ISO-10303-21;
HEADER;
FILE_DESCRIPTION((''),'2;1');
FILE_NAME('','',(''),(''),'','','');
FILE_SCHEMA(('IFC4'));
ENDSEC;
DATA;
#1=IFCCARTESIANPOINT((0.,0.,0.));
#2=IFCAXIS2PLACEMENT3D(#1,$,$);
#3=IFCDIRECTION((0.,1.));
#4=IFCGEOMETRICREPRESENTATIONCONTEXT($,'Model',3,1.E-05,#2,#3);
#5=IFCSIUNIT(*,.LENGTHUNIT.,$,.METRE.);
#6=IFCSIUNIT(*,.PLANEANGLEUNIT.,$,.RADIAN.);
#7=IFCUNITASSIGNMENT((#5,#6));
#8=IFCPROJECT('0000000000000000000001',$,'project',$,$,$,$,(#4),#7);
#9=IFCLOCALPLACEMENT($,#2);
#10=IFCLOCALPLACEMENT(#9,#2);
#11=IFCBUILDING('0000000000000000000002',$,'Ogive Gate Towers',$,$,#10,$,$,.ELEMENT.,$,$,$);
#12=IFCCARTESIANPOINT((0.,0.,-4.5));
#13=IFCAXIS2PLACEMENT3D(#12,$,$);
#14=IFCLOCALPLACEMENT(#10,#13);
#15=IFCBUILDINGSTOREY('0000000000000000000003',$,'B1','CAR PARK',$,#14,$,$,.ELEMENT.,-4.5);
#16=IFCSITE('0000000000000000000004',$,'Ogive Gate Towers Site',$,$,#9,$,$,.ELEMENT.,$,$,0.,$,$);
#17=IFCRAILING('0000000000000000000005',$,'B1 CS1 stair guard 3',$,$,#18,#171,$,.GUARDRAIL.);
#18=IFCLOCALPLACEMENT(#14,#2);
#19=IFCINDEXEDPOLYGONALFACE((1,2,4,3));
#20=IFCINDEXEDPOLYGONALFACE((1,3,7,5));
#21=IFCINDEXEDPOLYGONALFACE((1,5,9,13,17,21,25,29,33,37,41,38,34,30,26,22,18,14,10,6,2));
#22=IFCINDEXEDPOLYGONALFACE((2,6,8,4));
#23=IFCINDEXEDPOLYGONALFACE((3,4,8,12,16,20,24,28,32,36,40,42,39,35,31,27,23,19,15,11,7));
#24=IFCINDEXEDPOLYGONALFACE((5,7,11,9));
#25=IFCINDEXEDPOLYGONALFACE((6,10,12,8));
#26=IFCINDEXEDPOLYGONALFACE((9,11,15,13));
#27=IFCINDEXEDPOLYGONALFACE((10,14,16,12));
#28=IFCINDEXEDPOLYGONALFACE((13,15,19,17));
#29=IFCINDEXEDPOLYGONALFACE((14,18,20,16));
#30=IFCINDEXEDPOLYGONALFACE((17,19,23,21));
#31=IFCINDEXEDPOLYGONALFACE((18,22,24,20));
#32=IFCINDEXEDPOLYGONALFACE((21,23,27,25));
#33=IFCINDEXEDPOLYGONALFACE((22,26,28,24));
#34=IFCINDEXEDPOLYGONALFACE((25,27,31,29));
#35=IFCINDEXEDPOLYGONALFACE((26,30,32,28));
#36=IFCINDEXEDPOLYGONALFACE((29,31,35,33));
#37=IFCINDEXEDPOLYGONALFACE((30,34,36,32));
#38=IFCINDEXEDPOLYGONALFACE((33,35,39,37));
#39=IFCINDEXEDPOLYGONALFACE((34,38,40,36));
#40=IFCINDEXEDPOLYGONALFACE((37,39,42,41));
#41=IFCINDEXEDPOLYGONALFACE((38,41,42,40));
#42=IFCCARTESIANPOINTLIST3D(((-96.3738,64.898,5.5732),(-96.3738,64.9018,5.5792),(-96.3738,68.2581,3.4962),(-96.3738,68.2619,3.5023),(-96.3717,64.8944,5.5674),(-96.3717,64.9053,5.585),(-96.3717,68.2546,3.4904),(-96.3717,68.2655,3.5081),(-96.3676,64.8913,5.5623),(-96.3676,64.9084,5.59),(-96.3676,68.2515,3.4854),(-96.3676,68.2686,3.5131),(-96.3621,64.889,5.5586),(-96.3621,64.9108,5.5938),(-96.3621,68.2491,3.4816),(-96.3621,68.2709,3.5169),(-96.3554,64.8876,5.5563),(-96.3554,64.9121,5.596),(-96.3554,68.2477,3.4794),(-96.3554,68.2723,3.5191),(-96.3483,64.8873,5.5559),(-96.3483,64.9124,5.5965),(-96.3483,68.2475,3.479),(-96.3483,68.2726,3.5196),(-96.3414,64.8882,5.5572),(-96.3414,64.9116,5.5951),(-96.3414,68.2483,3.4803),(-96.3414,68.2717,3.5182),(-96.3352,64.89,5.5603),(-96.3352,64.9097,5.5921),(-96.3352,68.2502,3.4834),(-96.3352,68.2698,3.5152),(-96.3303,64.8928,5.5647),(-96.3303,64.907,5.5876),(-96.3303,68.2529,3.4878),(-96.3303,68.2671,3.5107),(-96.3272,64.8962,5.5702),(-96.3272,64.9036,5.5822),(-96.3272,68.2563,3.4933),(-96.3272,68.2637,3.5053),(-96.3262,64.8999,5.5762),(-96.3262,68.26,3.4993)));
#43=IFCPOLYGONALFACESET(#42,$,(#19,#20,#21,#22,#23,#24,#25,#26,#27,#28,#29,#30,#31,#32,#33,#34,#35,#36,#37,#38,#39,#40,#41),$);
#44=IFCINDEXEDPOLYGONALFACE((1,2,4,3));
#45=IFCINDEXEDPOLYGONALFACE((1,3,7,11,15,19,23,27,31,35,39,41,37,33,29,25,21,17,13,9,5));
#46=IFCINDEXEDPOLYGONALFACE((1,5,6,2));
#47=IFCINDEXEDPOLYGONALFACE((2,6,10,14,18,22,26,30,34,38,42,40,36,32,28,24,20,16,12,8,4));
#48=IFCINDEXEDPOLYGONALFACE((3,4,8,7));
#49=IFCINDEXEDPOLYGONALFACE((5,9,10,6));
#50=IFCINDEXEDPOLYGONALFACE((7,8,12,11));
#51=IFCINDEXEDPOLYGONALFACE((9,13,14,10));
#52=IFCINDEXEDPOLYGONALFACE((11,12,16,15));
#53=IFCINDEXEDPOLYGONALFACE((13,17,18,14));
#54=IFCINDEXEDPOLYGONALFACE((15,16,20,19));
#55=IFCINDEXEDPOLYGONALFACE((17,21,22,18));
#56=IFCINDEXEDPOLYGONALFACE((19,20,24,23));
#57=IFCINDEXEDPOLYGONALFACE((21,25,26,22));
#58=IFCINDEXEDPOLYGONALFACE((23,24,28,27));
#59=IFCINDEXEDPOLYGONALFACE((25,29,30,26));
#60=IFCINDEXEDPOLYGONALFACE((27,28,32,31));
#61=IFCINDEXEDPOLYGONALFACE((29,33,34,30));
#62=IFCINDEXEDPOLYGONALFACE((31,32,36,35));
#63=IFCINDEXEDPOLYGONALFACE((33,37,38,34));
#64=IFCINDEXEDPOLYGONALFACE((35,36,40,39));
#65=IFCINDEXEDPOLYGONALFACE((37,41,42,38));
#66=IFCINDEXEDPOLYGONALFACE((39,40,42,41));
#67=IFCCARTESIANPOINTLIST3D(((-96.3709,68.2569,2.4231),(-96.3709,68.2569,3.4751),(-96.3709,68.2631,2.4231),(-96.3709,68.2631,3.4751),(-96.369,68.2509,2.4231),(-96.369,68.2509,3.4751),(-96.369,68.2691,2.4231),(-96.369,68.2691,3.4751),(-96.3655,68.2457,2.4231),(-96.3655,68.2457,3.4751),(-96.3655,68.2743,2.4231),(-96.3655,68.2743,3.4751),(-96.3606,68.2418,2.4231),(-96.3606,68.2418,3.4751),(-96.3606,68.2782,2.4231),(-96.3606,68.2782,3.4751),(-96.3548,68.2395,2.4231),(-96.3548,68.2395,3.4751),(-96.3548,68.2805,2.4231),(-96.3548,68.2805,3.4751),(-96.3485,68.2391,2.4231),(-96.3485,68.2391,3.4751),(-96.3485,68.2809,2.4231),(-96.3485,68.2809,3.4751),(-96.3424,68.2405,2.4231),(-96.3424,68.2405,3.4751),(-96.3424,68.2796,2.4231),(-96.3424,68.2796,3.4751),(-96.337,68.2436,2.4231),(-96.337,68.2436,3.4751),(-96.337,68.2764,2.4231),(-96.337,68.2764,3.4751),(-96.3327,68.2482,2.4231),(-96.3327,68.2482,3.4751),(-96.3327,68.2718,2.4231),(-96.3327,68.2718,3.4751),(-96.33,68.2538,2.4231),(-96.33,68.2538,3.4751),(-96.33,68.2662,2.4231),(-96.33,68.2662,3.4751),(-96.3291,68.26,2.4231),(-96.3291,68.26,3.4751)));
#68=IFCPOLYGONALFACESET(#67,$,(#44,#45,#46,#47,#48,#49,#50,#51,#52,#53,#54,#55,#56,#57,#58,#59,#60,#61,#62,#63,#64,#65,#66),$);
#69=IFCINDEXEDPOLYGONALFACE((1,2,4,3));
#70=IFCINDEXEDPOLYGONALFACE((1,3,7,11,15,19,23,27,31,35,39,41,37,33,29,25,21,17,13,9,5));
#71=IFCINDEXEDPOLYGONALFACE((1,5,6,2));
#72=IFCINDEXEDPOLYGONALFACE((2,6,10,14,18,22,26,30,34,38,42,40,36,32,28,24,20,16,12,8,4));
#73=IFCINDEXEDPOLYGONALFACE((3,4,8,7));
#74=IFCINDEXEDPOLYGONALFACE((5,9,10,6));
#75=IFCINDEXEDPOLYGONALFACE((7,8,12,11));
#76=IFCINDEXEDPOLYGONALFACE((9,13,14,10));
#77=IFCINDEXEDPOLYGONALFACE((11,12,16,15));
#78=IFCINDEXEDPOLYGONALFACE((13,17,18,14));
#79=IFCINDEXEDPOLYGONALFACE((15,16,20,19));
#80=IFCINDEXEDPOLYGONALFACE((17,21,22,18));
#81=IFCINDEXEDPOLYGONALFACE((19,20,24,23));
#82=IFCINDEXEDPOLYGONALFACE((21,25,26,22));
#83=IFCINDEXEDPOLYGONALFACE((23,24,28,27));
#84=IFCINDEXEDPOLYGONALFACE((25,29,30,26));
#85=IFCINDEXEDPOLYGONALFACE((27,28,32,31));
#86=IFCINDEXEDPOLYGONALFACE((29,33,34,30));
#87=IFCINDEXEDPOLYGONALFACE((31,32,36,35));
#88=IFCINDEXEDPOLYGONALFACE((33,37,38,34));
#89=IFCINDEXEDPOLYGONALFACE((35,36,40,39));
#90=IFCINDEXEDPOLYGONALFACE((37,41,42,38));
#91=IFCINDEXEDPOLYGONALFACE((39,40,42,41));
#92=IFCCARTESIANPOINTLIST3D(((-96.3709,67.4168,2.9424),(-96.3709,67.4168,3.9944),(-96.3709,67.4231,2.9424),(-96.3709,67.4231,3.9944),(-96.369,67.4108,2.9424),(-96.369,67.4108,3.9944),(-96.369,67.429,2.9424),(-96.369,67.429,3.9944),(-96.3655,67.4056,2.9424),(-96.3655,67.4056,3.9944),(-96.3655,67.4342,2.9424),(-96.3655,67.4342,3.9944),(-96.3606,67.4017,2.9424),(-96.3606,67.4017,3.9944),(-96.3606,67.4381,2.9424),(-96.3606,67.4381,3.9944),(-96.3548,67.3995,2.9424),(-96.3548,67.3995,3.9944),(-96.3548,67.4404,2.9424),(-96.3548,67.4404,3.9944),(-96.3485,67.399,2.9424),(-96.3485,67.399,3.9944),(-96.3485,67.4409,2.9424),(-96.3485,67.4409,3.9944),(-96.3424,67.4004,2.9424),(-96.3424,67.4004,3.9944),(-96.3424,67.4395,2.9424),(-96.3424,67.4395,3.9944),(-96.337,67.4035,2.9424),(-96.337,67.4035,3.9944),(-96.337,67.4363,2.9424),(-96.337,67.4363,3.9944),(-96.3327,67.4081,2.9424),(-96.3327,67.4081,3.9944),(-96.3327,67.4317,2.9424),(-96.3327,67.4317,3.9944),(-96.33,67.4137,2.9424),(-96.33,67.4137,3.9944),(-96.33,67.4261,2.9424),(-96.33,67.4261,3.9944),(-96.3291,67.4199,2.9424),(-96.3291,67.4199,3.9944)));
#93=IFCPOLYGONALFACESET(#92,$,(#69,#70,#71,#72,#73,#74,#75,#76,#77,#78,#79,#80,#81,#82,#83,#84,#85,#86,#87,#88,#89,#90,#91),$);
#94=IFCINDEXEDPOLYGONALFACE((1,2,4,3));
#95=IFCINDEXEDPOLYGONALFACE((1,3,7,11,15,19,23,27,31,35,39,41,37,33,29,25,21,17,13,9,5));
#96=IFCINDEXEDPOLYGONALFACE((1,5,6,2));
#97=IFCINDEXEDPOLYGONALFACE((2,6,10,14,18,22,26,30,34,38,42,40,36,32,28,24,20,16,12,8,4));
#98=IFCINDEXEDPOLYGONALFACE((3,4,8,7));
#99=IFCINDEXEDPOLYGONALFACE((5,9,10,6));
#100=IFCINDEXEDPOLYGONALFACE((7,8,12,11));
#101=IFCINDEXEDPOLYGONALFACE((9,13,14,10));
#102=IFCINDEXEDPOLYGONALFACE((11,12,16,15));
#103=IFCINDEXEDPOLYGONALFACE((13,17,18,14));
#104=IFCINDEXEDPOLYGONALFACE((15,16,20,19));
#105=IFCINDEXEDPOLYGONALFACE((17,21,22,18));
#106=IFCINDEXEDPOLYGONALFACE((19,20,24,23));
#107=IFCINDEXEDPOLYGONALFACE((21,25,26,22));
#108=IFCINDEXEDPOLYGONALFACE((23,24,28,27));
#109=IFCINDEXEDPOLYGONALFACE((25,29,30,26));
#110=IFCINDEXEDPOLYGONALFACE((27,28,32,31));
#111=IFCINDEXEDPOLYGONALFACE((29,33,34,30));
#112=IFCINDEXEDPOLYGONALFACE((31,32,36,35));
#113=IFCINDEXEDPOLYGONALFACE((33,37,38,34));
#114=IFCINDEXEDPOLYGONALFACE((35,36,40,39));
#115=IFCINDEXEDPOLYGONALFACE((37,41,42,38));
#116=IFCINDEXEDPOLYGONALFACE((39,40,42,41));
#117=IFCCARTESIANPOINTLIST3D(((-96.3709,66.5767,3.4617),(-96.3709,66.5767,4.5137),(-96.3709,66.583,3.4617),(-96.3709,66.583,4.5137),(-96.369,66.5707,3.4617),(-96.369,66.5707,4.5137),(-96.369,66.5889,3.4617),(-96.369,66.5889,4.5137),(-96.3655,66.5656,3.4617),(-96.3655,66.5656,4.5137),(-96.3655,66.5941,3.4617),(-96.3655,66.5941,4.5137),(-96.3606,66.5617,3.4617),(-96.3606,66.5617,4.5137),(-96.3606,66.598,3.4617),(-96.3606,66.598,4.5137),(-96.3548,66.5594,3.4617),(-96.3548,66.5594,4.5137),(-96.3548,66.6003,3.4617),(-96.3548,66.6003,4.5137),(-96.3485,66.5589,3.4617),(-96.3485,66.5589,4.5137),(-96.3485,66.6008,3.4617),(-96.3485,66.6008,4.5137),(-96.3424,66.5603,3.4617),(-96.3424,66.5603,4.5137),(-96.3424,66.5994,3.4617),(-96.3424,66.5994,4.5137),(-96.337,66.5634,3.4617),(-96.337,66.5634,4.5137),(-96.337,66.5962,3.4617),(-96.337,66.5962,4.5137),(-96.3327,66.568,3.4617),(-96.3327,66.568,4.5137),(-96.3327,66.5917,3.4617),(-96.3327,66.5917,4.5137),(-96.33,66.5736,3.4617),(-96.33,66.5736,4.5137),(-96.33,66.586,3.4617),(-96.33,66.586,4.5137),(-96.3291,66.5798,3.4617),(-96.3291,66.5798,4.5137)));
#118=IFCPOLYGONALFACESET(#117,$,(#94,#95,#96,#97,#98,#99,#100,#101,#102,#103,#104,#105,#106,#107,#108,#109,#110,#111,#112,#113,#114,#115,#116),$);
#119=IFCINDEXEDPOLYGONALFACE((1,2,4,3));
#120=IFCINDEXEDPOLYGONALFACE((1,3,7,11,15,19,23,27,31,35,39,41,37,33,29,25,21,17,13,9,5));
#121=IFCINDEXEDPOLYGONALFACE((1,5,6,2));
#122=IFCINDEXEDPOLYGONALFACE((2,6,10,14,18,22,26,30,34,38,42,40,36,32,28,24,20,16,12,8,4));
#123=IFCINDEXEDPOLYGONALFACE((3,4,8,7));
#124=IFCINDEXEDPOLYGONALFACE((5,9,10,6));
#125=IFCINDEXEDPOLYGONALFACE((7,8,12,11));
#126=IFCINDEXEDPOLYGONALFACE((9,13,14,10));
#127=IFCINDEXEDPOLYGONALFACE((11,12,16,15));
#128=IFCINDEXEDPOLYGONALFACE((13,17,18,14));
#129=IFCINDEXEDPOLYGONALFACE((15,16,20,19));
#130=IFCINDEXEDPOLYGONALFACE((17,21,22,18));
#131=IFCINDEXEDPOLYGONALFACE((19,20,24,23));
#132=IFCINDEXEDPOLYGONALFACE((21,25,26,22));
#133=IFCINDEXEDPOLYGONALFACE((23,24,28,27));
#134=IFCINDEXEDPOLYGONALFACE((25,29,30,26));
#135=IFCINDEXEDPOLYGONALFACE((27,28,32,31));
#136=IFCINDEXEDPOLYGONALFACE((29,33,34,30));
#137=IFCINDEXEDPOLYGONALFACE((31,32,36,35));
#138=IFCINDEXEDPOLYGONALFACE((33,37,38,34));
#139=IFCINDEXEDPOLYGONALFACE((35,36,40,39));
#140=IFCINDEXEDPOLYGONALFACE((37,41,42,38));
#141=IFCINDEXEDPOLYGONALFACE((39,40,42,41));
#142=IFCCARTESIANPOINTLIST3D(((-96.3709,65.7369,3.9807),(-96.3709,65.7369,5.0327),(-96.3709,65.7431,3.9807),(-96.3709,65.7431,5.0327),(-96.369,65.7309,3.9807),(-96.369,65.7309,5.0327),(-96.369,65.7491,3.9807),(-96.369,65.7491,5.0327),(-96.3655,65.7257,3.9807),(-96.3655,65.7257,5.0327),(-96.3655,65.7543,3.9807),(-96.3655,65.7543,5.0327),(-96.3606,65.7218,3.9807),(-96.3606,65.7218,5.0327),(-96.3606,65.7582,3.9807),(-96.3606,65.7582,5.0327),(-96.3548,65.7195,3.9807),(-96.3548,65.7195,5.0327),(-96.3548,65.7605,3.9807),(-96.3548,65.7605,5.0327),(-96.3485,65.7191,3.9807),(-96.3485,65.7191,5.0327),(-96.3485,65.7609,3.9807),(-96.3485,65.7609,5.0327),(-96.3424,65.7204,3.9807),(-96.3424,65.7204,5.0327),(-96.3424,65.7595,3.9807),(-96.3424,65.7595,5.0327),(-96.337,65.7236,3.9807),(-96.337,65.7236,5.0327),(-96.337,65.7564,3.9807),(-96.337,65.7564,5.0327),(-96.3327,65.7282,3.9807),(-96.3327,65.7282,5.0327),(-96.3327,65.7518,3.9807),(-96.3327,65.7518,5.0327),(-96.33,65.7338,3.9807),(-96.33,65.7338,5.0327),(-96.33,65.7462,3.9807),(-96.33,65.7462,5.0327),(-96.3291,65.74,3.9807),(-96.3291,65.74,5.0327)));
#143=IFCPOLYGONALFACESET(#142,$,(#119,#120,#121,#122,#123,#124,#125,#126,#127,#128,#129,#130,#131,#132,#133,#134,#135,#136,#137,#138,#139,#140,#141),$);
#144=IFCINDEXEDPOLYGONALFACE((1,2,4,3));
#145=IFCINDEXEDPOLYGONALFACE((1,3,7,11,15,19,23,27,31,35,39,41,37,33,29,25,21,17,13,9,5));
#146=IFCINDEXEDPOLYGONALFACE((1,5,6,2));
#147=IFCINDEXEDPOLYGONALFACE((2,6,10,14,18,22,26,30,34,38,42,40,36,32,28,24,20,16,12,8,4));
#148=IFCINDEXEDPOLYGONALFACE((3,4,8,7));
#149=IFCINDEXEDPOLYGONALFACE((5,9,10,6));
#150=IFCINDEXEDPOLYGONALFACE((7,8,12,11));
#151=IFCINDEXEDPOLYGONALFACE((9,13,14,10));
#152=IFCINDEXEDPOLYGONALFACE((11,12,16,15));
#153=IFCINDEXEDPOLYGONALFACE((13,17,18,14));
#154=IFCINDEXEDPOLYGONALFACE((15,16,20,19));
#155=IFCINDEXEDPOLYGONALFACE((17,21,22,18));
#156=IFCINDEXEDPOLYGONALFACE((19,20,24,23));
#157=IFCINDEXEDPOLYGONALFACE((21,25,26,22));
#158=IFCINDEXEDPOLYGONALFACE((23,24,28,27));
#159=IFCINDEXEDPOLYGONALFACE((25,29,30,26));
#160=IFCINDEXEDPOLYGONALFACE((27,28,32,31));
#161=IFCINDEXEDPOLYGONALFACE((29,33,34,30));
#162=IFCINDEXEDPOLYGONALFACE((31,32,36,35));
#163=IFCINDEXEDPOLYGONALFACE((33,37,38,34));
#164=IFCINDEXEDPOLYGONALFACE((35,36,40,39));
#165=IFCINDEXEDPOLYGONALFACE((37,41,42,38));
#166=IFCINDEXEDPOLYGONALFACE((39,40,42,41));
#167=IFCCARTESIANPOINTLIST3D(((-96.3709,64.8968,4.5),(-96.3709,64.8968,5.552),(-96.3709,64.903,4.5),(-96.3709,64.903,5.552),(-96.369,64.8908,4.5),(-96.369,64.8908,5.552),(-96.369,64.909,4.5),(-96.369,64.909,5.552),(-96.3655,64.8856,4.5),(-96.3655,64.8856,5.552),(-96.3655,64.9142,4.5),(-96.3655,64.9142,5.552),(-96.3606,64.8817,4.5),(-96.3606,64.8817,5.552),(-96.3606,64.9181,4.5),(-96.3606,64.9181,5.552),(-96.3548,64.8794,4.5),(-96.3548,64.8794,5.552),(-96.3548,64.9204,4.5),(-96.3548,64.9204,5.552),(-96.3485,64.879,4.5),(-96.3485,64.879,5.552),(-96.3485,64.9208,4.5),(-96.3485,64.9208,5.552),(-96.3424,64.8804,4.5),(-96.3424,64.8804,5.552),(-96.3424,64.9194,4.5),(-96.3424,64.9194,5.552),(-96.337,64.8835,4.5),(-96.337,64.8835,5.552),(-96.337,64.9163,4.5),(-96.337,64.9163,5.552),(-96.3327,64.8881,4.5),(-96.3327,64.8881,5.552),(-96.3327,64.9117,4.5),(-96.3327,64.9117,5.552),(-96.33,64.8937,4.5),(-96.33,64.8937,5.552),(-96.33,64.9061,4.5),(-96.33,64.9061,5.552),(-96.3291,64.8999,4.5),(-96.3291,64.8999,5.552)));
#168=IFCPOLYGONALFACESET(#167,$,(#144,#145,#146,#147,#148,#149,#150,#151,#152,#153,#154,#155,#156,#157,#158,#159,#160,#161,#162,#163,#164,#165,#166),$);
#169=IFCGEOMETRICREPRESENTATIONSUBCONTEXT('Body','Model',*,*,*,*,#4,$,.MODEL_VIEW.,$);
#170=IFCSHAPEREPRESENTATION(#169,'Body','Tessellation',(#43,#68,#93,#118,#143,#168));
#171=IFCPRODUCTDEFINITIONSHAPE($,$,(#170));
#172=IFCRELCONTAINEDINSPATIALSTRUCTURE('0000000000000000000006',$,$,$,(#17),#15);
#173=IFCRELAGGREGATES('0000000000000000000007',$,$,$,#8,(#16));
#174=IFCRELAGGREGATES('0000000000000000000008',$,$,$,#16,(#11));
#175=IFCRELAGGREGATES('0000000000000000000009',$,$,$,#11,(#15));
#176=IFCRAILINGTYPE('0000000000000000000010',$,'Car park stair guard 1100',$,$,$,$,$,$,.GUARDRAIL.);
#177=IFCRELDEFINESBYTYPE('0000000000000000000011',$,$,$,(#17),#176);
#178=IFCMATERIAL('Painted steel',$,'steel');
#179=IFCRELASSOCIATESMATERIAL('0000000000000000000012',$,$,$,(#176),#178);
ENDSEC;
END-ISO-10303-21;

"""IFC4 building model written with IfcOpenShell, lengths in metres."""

from ifc_helpers import new_model, si_unit, direction, frame, origin, origin_2d, place, context, subcontext, project, spatial, circle, extrude, material, type_object, element, save


model = new_model("IFC4")

# Units and contexts
model_context = context("Model", 3, precision=1e-05, world=origin(), true_north=direction((0.0, 1.0)))
body_context = subcontext(model_context, "Body", "Model", "MODEL_VIEW")
ifc_project = project(units=[si_unit("LENGTHUNIT", "METRE"), si_unit("PLANEANGLEUNIT", "RADIAN")], contexts=[model_context])

# Site, building, storey
site_placement = place(None, origin())
site = spatial("IfcSite", under=ifc_project, at=site_placement, Name="Ogive Gate Towers Site", CompositionType="ELEMENT", RefElevation=0.0)
building_placement = place(site_placement, origin())
building = spatial("IfcBuilding", under=site, at=building_placement, Name="Ogive Gate Towers", CompositionType="ELEMENT")
storey_placement = place(building_placement, frame((0.0, 0.0, -4.5)))
storey = spatial("IfcBuildingStorey", under=building, at=storey_placement, Name="B1", Description="CAR PARK", CompositionType="ELEMENT", Elevation=-4.5)

# Railing
ifc_material_1 = material(Name="Painted steel", Category="steel")
railing_type_1 = type_object("IfcRailingType", Name="Car park stair guard 1100", PredefinedType="GUARDRAIL", material=ifc_material_1)
railing_1_placement = place(storey_placement, frame((-96.3501, 68.26, 2.4231)))
element("IfcRailing", 1, at=railing_1_placement, inside=storey, type_object=railing_type_1, Name="B1 CS1 stair guard 3", PredefinedType="GUARDRAIL", context=body_context, shape_type="SweptSolid", body=[
    extrude(circle(Radius=0.0239, at=origin_2d()), frame((0.0, 0.0, 1.0762), z_axis=(0.0, -0.850623, 0.525776), x_axis=(1.0, 0.0, 0.0)), (0.0, 0.0, 1.0), 3.9502),
    extrude(circle(Radius=0.021, at=origin_2d()), origin(), (0.0, 0.0, 1.0), 1.052),
    extrude(circle(Radius=0.021, at=origin_2d()), frame((0.0, -0.8401, 0.5193)), (0.0, 0.0, 1.0), 1.052),
    extrude(circle(Radius=0.021, at=origin_2d()), frame((0.0, -1.6802, 1.0386)), (0.0, 0.0, 1.0), 1.052),
    extrude(circle(Radius=0.021, at=origin_2d()), frame((0.0, -2.52, 1.5576)), (0.0, 0.0, 1.0), 1.052),
    extrude(circle(Radius=0.021, at=origin_2d()), frame((0.0, -3.3601, 2.0769)), (0.0, 0.0, 1.0), 1.052),
])

save(model, "model.ifc")
